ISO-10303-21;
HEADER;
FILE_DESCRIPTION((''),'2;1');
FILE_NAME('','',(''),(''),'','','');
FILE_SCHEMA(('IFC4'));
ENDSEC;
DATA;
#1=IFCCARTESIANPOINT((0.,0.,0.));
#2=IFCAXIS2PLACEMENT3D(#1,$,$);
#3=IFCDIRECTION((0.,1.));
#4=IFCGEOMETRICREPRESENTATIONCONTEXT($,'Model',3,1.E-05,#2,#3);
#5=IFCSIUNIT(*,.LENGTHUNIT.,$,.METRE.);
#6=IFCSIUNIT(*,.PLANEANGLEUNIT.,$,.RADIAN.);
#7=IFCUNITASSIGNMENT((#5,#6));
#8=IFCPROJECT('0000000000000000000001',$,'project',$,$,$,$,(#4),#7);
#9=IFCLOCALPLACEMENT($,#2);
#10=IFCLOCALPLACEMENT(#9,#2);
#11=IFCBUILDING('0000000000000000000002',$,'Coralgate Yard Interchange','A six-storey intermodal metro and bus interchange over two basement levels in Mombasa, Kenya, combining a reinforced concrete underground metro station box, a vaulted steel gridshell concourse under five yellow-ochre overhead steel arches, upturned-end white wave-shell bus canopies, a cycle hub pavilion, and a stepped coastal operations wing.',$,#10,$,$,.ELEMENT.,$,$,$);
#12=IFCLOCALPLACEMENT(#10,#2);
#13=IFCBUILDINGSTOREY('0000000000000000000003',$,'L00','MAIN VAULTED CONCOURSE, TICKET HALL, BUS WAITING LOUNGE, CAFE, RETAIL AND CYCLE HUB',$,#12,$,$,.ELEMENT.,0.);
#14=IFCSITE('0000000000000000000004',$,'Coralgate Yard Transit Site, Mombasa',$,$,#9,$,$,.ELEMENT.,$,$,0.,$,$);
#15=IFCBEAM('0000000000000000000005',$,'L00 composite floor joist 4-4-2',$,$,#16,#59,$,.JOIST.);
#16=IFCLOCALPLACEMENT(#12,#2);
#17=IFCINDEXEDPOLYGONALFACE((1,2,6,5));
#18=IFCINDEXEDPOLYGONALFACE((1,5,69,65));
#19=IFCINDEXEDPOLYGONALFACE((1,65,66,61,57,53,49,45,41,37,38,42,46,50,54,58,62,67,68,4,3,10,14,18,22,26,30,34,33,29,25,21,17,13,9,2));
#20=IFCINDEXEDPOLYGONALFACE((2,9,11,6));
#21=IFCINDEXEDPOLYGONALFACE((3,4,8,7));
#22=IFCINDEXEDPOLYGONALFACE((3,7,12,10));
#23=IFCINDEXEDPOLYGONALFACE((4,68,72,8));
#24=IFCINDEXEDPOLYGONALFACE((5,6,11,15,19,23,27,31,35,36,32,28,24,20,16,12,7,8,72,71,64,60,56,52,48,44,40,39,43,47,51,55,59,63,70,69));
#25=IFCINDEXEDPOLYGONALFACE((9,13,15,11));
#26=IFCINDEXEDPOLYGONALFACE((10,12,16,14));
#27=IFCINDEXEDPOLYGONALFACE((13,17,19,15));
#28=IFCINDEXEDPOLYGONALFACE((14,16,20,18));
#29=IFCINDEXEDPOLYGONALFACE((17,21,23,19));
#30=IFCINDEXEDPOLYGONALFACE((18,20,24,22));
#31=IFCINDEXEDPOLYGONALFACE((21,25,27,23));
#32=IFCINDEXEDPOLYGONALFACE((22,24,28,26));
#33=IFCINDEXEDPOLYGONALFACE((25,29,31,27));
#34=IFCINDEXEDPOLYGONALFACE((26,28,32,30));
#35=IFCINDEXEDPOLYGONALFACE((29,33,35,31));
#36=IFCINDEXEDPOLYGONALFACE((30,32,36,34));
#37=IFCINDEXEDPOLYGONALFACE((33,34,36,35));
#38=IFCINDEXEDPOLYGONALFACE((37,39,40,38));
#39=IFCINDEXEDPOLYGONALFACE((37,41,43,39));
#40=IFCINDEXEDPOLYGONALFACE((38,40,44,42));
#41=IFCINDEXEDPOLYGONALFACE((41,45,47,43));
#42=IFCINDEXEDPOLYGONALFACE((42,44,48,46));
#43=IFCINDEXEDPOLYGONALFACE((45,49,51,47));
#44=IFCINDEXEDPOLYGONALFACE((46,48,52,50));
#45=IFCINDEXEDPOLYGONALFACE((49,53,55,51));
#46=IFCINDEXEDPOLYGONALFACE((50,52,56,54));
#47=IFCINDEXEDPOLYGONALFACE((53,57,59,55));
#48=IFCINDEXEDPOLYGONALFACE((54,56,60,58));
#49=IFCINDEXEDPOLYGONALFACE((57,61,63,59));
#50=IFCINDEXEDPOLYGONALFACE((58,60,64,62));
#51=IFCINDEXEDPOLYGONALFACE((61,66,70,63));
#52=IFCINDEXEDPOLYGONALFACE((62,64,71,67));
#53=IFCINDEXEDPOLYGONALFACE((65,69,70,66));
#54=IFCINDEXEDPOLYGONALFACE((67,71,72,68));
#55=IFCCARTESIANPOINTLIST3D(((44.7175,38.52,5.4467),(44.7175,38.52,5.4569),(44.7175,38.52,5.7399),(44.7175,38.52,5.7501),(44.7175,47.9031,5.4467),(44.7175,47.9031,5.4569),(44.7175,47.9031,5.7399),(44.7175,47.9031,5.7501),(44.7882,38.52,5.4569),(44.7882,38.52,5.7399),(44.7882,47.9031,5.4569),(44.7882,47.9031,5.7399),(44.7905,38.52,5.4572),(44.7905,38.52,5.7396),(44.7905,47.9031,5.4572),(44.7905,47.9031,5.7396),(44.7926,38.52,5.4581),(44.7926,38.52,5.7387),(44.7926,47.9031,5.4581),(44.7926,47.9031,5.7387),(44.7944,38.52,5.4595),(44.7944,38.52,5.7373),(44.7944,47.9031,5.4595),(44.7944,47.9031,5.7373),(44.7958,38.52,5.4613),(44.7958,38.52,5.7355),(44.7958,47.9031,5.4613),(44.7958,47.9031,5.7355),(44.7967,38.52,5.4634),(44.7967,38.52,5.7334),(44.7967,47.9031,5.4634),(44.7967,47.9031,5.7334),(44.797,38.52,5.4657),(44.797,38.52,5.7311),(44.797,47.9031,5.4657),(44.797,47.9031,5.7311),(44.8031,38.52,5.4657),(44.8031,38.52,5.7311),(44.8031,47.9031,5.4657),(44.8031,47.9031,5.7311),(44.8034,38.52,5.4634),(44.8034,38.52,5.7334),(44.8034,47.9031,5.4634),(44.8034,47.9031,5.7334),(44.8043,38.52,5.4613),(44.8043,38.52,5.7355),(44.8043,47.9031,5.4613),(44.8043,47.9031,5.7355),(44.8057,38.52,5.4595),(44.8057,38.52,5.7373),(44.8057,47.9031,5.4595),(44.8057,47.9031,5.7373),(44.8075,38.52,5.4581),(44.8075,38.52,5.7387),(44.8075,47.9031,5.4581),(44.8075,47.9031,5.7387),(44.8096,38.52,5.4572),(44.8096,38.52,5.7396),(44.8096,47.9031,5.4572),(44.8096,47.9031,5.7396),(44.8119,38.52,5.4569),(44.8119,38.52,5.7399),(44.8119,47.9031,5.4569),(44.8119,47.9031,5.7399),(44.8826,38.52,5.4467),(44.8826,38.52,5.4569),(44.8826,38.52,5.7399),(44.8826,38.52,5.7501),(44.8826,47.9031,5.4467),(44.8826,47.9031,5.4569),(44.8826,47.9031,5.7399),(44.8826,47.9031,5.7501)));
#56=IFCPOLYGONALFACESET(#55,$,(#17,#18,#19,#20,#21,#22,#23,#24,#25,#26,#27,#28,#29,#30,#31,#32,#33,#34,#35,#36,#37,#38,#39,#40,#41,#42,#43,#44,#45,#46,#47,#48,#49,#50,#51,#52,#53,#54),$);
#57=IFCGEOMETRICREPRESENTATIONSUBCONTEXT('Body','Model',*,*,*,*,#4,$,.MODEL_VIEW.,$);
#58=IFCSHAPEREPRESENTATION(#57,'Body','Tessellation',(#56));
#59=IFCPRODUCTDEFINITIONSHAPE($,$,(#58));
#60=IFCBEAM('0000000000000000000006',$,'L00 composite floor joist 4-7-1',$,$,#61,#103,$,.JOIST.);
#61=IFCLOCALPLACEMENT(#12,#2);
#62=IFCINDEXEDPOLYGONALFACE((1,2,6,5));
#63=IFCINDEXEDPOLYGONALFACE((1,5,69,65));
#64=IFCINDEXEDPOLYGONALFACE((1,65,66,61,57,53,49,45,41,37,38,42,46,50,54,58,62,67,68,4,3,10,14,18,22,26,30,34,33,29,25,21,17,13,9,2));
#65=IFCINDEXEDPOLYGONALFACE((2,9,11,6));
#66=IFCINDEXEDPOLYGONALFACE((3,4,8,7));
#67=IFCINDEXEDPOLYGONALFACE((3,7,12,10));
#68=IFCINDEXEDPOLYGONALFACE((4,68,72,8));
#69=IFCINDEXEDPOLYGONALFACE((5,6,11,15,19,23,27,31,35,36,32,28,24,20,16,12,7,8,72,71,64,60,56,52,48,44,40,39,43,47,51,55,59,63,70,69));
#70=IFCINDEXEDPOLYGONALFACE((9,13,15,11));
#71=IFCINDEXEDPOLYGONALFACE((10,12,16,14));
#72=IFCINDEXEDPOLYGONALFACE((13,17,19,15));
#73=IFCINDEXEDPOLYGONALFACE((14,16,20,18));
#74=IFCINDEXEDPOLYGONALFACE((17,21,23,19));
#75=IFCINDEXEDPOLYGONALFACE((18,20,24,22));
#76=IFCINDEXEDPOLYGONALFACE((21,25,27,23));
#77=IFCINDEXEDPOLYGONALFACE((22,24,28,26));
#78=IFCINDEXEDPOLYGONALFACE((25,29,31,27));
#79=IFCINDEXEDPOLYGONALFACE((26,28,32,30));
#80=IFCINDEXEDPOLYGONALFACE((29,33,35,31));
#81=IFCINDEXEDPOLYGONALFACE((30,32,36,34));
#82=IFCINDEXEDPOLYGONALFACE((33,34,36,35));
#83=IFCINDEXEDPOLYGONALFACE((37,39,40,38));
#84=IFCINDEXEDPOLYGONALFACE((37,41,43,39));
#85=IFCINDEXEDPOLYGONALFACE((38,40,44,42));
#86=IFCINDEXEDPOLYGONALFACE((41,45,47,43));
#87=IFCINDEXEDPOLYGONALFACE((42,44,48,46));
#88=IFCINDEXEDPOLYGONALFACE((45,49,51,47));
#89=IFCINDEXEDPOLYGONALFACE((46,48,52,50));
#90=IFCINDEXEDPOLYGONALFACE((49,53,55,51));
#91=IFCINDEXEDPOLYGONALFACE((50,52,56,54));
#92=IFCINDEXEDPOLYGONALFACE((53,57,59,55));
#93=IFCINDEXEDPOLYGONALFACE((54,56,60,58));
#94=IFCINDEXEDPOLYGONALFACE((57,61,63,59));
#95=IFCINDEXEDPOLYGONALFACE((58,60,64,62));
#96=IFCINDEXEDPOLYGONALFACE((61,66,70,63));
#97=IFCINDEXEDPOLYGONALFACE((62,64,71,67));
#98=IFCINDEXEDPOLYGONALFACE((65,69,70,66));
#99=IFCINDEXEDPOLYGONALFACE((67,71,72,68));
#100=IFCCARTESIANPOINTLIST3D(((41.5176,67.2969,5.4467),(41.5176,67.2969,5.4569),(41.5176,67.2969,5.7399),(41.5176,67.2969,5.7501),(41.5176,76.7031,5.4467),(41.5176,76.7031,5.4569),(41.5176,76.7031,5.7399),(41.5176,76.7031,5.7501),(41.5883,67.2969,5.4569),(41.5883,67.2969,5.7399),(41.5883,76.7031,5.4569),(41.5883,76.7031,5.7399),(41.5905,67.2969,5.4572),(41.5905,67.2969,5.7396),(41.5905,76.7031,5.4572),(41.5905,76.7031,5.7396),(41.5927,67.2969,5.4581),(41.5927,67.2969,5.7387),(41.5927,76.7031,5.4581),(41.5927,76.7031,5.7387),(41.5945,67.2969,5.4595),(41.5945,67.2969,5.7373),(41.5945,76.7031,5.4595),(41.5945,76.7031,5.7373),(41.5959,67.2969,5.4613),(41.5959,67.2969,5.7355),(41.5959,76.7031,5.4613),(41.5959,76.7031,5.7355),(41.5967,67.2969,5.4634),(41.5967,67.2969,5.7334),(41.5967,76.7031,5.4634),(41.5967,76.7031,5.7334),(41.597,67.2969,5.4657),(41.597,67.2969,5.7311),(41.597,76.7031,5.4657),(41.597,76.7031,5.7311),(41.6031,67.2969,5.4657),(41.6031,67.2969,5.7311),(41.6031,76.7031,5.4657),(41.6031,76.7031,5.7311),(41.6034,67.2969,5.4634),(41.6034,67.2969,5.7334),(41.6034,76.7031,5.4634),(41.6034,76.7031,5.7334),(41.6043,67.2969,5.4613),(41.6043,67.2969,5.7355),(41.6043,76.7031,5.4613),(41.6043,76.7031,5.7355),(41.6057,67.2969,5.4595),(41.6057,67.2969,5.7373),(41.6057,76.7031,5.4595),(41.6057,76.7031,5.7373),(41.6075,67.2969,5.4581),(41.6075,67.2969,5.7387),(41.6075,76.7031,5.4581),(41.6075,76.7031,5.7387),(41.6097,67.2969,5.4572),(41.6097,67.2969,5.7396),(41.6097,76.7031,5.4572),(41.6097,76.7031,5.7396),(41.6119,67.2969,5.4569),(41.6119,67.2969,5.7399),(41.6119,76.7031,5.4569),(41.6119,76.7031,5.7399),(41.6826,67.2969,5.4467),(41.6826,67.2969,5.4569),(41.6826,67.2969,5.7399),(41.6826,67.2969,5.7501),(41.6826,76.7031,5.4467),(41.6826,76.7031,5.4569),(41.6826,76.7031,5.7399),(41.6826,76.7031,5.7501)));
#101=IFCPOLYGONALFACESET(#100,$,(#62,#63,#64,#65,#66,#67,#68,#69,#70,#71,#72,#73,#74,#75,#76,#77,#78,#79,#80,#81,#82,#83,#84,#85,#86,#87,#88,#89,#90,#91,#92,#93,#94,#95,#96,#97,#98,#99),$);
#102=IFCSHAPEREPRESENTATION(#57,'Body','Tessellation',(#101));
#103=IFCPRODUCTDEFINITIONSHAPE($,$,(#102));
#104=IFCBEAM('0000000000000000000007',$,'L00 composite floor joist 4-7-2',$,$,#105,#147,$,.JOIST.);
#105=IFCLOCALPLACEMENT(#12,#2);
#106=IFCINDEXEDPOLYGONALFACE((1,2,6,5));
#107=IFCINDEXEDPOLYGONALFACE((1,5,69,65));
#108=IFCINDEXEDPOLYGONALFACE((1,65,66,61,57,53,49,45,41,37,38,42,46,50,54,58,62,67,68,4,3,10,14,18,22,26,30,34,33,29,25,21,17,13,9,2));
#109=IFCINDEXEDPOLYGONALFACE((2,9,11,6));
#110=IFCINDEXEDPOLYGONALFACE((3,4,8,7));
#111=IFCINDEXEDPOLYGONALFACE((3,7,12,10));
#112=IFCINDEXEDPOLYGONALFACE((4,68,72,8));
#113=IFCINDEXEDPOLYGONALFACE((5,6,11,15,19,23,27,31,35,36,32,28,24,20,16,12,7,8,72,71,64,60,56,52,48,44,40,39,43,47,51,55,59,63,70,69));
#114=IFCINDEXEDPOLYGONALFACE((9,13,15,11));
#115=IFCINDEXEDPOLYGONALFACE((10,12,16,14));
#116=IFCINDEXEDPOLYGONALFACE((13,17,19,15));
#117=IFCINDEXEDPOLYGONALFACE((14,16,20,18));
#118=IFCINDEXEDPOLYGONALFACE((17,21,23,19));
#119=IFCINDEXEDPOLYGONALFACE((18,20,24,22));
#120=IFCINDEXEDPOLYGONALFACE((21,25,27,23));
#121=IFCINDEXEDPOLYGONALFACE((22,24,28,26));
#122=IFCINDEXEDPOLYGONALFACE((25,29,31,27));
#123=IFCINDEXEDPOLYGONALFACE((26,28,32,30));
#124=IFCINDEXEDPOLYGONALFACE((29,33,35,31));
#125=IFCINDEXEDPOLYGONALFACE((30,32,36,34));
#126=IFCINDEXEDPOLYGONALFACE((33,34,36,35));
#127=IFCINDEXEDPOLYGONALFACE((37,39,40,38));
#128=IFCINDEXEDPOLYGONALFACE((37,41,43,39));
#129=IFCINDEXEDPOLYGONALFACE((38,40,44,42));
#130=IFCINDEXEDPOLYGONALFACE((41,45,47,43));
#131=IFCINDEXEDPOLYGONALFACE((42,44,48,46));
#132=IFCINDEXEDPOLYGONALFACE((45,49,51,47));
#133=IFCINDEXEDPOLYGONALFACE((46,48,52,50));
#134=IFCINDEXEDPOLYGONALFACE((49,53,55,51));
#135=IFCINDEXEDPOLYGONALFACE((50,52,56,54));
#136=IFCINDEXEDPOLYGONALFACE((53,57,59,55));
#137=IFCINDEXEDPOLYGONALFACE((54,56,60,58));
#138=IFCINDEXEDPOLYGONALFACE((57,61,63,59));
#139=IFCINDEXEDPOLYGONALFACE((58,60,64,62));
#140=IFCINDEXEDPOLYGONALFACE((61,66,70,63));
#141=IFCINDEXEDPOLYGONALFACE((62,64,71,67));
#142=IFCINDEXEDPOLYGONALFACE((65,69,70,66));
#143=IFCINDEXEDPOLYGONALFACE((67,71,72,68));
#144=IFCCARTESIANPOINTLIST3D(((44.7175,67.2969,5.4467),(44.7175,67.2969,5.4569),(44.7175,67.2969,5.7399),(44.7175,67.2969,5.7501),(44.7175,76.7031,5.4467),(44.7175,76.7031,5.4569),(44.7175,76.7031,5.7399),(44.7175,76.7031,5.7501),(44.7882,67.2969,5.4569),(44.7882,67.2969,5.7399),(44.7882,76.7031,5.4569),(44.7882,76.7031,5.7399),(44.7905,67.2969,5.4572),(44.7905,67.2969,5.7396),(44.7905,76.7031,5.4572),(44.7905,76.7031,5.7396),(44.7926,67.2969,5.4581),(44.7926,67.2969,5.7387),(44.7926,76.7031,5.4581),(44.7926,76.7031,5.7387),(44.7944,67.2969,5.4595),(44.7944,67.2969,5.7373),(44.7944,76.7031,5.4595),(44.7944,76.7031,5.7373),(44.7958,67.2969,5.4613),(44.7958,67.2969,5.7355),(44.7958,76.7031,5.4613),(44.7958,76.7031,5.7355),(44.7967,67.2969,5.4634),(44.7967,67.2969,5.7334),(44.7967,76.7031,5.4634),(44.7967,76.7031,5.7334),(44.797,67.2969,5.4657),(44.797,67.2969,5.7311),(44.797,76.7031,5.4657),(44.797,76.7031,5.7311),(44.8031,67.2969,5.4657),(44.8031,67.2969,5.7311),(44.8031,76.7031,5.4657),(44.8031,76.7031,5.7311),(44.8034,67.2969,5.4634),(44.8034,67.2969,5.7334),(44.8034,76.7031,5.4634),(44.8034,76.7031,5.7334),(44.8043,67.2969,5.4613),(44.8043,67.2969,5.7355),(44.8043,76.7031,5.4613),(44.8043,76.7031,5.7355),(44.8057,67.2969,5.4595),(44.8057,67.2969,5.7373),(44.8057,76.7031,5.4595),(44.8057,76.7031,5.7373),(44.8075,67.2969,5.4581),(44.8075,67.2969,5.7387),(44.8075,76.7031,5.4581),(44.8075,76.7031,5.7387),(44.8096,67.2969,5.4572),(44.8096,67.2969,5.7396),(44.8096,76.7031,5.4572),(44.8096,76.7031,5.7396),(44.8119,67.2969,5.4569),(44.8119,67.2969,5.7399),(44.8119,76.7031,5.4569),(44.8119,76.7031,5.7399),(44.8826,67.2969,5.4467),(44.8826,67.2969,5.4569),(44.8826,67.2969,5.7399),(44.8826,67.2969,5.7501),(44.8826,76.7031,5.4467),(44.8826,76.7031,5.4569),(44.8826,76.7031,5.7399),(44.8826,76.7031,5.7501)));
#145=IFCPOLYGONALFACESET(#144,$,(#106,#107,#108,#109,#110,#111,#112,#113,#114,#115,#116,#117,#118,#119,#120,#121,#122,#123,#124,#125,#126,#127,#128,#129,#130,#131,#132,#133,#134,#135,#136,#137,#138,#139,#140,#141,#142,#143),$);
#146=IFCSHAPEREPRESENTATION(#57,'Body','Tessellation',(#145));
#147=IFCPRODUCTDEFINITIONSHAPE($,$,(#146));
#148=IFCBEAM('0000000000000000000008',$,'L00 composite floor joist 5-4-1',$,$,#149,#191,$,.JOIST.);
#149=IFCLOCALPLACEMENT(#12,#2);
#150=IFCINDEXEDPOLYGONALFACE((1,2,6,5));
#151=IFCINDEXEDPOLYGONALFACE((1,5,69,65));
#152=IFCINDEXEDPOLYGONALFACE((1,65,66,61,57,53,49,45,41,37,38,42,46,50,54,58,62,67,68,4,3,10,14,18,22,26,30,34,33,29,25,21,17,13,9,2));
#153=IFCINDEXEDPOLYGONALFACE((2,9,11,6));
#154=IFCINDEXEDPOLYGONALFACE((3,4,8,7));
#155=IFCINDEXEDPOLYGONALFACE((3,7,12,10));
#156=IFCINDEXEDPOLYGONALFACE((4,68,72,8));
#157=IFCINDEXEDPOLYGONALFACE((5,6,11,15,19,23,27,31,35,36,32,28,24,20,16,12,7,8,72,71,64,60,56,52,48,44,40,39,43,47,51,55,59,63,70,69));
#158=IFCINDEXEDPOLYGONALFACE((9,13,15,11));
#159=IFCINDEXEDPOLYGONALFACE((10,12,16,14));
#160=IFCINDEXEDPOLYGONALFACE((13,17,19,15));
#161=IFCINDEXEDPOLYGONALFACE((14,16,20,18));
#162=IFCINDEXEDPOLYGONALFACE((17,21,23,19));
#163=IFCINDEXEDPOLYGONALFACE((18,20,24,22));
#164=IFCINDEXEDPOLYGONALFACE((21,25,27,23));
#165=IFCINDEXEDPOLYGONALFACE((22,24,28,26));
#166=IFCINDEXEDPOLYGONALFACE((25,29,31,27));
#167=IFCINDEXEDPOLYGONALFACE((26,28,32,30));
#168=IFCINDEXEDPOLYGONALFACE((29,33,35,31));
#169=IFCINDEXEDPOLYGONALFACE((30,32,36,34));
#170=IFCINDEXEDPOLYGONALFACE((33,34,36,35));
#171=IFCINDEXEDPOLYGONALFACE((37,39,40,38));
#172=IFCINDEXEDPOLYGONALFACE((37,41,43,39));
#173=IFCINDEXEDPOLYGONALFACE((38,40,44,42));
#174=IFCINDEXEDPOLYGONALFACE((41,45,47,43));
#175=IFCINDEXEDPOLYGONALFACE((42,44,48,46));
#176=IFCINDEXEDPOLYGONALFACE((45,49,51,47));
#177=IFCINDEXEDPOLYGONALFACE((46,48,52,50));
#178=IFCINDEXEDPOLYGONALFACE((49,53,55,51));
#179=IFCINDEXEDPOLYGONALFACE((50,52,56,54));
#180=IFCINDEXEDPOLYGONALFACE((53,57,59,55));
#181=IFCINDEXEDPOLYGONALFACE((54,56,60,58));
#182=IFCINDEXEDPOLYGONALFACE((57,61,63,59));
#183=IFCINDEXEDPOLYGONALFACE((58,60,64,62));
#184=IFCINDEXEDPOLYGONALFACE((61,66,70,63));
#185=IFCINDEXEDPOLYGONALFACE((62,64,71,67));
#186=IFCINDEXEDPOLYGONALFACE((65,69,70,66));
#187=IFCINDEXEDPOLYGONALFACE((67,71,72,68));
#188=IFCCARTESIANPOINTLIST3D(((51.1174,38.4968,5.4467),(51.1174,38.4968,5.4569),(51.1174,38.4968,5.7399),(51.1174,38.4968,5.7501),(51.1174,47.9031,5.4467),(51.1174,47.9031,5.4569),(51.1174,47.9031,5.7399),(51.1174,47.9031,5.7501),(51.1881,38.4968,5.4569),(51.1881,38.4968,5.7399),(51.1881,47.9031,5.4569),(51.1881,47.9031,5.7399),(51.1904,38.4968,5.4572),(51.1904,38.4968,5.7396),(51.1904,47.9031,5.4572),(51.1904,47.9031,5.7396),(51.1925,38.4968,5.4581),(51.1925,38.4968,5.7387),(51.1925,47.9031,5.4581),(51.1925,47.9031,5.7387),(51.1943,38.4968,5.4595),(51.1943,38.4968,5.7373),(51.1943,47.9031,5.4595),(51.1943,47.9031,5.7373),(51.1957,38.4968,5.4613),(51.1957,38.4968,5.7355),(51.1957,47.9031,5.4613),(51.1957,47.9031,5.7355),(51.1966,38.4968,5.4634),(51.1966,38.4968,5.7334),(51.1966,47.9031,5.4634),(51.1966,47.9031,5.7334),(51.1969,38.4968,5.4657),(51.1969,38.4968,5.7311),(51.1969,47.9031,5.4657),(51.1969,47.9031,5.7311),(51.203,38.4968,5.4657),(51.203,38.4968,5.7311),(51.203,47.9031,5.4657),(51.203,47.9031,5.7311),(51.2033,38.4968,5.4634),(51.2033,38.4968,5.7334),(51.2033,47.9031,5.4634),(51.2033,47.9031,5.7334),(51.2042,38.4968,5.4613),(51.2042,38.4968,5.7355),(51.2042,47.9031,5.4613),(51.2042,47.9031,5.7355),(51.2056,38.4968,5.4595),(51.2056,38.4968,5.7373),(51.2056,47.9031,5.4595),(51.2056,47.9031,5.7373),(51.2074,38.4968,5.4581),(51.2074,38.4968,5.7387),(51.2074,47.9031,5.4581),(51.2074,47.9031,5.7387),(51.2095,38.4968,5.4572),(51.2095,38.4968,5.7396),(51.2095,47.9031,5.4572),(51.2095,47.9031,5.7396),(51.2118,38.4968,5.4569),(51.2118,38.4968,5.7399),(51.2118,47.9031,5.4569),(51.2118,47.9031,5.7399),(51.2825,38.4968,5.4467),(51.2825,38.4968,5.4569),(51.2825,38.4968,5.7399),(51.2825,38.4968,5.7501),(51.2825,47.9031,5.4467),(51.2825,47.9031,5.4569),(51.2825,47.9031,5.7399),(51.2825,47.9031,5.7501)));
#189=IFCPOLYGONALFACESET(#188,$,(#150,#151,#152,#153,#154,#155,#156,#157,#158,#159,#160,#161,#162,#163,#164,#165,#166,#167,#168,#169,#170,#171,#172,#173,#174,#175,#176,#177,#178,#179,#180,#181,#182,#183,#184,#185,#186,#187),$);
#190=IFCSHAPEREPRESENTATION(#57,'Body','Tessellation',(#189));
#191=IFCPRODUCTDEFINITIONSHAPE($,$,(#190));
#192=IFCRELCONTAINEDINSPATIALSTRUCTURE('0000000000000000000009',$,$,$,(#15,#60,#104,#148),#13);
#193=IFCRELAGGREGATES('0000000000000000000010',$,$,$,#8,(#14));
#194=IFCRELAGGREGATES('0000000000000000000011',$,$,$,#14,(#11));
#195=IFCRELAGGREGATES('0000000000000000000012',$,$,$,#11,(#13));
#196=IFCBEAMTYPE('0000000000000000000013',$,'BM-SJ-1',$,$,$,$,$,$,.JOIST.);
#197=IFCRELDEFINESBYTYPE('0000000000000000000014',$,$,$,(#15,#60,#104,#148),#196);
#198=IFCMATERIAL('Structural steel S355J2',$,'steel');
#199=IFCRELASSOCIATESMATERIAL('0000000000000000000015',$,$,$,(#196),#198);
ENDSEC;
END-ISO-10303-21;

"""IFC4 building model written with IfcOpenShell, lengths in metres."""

from ifc_helpers import new_model, si_unit, direction, frame, origin, origin_2d, place, context, subcontext, project, spatial, i_section, extrude, material, material_profile, profile_set, type_object, element, save


model = new_model("IFC4")

# Units and contexts
model_context = context("Model", 3, precision=1e-05, world=origin(), true_north=direction((0.0, 1.0)))
body_context = subcontext(model_context, "Body", "Model", "MODEL_VIEW")
ifc_project = project(units=[si_unit("LENGTHUNIT", "METRE"), si_unit("PLANEANGLEUNIT", "RADIAN")], contexts=[model_context])

# Site, building, storey
site_placement = place(None, origin())
site = spatial("IfcSite", under=ifc_project, at=site_placement, Name="Coralgate Yard Transit Site, Mombasa", CompositionType="ELEMENT", RefElevation=0.0)
building_placement = place(site_placement, origin())
building = spatial("IfcBuilding", under=site, at=building_placement, Name="Coralgate Yard Interchange", Description="A six-storey intermodal metro and bus interchange over two basement levels in Mombasa, Kenya, combining a reinforced concrete underground metro station box, a vaulted steel gridshell concourse under five yellow-ochre overhead steel arches, upturned-end white wave-shell bus canopies, a cycle hub pavilion, and a stepped coastal operations wing.", CompositionType="ELEMENT")
storey_placement = place(building_placement, origin())
storey = spatial("IfcBuildingStorey", under=building, at=storey_placement, Name="L00", Description="MAIN VAULTED CONCOURSE, TICKET HALL, BUS WAITING LOUNGE, CAFE, RETAIL AND CYCLE HUB", CompositionType="ELEMENT", Elevation=0.0)

# Shared definitions
ifc_material_1 = material(Name="Structural steel S355J2", Category="steel")

# Beams
ifc_material_profile_1 = material_profile(ifc_material_1, i_section(OverallWidth=0.165, OverallDepth=0.3035, WebThickness=0.0061, FlangeThickness=0.0103, FilletRadius=0.0088, at=origin_2d()), Name="UB 305x165x40")
ifc_profile_set_1 = profile_set([ifc_material_profile_1], Name="Structural steel S355J2")
beam_type_1 = type_object("IfcBeamType", Name="BM-SJ-1", PredefinedType="JOIST", material=ifc_profile_set_1)
for number, where, z_axis, x_axis, name in (
    (1, (44.8, 38.52, 5.5984), (0.0, 1.0, 0.0), (-1.0, 0.0, 0.0), "L00 composite floor joist 4-4-2"),
):
    element("IfcBeam", number, at=place(storey_placement, frame(where, z_axis=z_axis, x_axis=x_axis)), inside=storey, type_object=beam_type_1, Name=name, PredefinedType="JOIST", context=body_context, shape_type="SweptSolid", body=[
        extrude(i_section(OverallWidth=0.165, OverallDepth=0.3035, WebThickness=0.0061, FlangeThickness=0.0103, FilletRadius=0.0088, at=origin_2d()), origin(), (0.0, 0.0, 1.0), 9.3831),
    ])
for number, where, z_axis, x_axis, name in (
    (2, (41.6001, 67.2969, 5.5984), (0.0, 1.0, 0.0), (-1.0, 0.0, 0.0), "L00 composite floor joist 4-7-1"),
    (3, (44.8, 67.2969, 5.5984), (0.0, 1.0, 0.0), (-1.0, 0.0, 0.0), "L00 composite floor joist 4-7-2"),
    (4, (51.2, 38.4968, 5.5984), (0.0, 1.0, 0.0), (-1.0, 0.0, 0.0), "L00 composite floor joist 5-4-1"),
):
    element("IfcBeam", number, at=place(storey_placement, frame(where, z_axis=z_axis, x_axis=x_axis)), inside=storey, type_object=beam_type_1, Name=name, PredefinedType="JOIST", context=body_context, shape_type="SweptSolid", body=[
        extrude(i_section(OverallWidth=0.165, OverallDepth=0.3035, WebThickness=0.0061, FlangeThickness=0.0103, FilletRadius=0.0088, at=origin_2d()), origin(), (0.0, 0.0, 1.0), 9.4062),
    ])

save(model, "model.ifc")
